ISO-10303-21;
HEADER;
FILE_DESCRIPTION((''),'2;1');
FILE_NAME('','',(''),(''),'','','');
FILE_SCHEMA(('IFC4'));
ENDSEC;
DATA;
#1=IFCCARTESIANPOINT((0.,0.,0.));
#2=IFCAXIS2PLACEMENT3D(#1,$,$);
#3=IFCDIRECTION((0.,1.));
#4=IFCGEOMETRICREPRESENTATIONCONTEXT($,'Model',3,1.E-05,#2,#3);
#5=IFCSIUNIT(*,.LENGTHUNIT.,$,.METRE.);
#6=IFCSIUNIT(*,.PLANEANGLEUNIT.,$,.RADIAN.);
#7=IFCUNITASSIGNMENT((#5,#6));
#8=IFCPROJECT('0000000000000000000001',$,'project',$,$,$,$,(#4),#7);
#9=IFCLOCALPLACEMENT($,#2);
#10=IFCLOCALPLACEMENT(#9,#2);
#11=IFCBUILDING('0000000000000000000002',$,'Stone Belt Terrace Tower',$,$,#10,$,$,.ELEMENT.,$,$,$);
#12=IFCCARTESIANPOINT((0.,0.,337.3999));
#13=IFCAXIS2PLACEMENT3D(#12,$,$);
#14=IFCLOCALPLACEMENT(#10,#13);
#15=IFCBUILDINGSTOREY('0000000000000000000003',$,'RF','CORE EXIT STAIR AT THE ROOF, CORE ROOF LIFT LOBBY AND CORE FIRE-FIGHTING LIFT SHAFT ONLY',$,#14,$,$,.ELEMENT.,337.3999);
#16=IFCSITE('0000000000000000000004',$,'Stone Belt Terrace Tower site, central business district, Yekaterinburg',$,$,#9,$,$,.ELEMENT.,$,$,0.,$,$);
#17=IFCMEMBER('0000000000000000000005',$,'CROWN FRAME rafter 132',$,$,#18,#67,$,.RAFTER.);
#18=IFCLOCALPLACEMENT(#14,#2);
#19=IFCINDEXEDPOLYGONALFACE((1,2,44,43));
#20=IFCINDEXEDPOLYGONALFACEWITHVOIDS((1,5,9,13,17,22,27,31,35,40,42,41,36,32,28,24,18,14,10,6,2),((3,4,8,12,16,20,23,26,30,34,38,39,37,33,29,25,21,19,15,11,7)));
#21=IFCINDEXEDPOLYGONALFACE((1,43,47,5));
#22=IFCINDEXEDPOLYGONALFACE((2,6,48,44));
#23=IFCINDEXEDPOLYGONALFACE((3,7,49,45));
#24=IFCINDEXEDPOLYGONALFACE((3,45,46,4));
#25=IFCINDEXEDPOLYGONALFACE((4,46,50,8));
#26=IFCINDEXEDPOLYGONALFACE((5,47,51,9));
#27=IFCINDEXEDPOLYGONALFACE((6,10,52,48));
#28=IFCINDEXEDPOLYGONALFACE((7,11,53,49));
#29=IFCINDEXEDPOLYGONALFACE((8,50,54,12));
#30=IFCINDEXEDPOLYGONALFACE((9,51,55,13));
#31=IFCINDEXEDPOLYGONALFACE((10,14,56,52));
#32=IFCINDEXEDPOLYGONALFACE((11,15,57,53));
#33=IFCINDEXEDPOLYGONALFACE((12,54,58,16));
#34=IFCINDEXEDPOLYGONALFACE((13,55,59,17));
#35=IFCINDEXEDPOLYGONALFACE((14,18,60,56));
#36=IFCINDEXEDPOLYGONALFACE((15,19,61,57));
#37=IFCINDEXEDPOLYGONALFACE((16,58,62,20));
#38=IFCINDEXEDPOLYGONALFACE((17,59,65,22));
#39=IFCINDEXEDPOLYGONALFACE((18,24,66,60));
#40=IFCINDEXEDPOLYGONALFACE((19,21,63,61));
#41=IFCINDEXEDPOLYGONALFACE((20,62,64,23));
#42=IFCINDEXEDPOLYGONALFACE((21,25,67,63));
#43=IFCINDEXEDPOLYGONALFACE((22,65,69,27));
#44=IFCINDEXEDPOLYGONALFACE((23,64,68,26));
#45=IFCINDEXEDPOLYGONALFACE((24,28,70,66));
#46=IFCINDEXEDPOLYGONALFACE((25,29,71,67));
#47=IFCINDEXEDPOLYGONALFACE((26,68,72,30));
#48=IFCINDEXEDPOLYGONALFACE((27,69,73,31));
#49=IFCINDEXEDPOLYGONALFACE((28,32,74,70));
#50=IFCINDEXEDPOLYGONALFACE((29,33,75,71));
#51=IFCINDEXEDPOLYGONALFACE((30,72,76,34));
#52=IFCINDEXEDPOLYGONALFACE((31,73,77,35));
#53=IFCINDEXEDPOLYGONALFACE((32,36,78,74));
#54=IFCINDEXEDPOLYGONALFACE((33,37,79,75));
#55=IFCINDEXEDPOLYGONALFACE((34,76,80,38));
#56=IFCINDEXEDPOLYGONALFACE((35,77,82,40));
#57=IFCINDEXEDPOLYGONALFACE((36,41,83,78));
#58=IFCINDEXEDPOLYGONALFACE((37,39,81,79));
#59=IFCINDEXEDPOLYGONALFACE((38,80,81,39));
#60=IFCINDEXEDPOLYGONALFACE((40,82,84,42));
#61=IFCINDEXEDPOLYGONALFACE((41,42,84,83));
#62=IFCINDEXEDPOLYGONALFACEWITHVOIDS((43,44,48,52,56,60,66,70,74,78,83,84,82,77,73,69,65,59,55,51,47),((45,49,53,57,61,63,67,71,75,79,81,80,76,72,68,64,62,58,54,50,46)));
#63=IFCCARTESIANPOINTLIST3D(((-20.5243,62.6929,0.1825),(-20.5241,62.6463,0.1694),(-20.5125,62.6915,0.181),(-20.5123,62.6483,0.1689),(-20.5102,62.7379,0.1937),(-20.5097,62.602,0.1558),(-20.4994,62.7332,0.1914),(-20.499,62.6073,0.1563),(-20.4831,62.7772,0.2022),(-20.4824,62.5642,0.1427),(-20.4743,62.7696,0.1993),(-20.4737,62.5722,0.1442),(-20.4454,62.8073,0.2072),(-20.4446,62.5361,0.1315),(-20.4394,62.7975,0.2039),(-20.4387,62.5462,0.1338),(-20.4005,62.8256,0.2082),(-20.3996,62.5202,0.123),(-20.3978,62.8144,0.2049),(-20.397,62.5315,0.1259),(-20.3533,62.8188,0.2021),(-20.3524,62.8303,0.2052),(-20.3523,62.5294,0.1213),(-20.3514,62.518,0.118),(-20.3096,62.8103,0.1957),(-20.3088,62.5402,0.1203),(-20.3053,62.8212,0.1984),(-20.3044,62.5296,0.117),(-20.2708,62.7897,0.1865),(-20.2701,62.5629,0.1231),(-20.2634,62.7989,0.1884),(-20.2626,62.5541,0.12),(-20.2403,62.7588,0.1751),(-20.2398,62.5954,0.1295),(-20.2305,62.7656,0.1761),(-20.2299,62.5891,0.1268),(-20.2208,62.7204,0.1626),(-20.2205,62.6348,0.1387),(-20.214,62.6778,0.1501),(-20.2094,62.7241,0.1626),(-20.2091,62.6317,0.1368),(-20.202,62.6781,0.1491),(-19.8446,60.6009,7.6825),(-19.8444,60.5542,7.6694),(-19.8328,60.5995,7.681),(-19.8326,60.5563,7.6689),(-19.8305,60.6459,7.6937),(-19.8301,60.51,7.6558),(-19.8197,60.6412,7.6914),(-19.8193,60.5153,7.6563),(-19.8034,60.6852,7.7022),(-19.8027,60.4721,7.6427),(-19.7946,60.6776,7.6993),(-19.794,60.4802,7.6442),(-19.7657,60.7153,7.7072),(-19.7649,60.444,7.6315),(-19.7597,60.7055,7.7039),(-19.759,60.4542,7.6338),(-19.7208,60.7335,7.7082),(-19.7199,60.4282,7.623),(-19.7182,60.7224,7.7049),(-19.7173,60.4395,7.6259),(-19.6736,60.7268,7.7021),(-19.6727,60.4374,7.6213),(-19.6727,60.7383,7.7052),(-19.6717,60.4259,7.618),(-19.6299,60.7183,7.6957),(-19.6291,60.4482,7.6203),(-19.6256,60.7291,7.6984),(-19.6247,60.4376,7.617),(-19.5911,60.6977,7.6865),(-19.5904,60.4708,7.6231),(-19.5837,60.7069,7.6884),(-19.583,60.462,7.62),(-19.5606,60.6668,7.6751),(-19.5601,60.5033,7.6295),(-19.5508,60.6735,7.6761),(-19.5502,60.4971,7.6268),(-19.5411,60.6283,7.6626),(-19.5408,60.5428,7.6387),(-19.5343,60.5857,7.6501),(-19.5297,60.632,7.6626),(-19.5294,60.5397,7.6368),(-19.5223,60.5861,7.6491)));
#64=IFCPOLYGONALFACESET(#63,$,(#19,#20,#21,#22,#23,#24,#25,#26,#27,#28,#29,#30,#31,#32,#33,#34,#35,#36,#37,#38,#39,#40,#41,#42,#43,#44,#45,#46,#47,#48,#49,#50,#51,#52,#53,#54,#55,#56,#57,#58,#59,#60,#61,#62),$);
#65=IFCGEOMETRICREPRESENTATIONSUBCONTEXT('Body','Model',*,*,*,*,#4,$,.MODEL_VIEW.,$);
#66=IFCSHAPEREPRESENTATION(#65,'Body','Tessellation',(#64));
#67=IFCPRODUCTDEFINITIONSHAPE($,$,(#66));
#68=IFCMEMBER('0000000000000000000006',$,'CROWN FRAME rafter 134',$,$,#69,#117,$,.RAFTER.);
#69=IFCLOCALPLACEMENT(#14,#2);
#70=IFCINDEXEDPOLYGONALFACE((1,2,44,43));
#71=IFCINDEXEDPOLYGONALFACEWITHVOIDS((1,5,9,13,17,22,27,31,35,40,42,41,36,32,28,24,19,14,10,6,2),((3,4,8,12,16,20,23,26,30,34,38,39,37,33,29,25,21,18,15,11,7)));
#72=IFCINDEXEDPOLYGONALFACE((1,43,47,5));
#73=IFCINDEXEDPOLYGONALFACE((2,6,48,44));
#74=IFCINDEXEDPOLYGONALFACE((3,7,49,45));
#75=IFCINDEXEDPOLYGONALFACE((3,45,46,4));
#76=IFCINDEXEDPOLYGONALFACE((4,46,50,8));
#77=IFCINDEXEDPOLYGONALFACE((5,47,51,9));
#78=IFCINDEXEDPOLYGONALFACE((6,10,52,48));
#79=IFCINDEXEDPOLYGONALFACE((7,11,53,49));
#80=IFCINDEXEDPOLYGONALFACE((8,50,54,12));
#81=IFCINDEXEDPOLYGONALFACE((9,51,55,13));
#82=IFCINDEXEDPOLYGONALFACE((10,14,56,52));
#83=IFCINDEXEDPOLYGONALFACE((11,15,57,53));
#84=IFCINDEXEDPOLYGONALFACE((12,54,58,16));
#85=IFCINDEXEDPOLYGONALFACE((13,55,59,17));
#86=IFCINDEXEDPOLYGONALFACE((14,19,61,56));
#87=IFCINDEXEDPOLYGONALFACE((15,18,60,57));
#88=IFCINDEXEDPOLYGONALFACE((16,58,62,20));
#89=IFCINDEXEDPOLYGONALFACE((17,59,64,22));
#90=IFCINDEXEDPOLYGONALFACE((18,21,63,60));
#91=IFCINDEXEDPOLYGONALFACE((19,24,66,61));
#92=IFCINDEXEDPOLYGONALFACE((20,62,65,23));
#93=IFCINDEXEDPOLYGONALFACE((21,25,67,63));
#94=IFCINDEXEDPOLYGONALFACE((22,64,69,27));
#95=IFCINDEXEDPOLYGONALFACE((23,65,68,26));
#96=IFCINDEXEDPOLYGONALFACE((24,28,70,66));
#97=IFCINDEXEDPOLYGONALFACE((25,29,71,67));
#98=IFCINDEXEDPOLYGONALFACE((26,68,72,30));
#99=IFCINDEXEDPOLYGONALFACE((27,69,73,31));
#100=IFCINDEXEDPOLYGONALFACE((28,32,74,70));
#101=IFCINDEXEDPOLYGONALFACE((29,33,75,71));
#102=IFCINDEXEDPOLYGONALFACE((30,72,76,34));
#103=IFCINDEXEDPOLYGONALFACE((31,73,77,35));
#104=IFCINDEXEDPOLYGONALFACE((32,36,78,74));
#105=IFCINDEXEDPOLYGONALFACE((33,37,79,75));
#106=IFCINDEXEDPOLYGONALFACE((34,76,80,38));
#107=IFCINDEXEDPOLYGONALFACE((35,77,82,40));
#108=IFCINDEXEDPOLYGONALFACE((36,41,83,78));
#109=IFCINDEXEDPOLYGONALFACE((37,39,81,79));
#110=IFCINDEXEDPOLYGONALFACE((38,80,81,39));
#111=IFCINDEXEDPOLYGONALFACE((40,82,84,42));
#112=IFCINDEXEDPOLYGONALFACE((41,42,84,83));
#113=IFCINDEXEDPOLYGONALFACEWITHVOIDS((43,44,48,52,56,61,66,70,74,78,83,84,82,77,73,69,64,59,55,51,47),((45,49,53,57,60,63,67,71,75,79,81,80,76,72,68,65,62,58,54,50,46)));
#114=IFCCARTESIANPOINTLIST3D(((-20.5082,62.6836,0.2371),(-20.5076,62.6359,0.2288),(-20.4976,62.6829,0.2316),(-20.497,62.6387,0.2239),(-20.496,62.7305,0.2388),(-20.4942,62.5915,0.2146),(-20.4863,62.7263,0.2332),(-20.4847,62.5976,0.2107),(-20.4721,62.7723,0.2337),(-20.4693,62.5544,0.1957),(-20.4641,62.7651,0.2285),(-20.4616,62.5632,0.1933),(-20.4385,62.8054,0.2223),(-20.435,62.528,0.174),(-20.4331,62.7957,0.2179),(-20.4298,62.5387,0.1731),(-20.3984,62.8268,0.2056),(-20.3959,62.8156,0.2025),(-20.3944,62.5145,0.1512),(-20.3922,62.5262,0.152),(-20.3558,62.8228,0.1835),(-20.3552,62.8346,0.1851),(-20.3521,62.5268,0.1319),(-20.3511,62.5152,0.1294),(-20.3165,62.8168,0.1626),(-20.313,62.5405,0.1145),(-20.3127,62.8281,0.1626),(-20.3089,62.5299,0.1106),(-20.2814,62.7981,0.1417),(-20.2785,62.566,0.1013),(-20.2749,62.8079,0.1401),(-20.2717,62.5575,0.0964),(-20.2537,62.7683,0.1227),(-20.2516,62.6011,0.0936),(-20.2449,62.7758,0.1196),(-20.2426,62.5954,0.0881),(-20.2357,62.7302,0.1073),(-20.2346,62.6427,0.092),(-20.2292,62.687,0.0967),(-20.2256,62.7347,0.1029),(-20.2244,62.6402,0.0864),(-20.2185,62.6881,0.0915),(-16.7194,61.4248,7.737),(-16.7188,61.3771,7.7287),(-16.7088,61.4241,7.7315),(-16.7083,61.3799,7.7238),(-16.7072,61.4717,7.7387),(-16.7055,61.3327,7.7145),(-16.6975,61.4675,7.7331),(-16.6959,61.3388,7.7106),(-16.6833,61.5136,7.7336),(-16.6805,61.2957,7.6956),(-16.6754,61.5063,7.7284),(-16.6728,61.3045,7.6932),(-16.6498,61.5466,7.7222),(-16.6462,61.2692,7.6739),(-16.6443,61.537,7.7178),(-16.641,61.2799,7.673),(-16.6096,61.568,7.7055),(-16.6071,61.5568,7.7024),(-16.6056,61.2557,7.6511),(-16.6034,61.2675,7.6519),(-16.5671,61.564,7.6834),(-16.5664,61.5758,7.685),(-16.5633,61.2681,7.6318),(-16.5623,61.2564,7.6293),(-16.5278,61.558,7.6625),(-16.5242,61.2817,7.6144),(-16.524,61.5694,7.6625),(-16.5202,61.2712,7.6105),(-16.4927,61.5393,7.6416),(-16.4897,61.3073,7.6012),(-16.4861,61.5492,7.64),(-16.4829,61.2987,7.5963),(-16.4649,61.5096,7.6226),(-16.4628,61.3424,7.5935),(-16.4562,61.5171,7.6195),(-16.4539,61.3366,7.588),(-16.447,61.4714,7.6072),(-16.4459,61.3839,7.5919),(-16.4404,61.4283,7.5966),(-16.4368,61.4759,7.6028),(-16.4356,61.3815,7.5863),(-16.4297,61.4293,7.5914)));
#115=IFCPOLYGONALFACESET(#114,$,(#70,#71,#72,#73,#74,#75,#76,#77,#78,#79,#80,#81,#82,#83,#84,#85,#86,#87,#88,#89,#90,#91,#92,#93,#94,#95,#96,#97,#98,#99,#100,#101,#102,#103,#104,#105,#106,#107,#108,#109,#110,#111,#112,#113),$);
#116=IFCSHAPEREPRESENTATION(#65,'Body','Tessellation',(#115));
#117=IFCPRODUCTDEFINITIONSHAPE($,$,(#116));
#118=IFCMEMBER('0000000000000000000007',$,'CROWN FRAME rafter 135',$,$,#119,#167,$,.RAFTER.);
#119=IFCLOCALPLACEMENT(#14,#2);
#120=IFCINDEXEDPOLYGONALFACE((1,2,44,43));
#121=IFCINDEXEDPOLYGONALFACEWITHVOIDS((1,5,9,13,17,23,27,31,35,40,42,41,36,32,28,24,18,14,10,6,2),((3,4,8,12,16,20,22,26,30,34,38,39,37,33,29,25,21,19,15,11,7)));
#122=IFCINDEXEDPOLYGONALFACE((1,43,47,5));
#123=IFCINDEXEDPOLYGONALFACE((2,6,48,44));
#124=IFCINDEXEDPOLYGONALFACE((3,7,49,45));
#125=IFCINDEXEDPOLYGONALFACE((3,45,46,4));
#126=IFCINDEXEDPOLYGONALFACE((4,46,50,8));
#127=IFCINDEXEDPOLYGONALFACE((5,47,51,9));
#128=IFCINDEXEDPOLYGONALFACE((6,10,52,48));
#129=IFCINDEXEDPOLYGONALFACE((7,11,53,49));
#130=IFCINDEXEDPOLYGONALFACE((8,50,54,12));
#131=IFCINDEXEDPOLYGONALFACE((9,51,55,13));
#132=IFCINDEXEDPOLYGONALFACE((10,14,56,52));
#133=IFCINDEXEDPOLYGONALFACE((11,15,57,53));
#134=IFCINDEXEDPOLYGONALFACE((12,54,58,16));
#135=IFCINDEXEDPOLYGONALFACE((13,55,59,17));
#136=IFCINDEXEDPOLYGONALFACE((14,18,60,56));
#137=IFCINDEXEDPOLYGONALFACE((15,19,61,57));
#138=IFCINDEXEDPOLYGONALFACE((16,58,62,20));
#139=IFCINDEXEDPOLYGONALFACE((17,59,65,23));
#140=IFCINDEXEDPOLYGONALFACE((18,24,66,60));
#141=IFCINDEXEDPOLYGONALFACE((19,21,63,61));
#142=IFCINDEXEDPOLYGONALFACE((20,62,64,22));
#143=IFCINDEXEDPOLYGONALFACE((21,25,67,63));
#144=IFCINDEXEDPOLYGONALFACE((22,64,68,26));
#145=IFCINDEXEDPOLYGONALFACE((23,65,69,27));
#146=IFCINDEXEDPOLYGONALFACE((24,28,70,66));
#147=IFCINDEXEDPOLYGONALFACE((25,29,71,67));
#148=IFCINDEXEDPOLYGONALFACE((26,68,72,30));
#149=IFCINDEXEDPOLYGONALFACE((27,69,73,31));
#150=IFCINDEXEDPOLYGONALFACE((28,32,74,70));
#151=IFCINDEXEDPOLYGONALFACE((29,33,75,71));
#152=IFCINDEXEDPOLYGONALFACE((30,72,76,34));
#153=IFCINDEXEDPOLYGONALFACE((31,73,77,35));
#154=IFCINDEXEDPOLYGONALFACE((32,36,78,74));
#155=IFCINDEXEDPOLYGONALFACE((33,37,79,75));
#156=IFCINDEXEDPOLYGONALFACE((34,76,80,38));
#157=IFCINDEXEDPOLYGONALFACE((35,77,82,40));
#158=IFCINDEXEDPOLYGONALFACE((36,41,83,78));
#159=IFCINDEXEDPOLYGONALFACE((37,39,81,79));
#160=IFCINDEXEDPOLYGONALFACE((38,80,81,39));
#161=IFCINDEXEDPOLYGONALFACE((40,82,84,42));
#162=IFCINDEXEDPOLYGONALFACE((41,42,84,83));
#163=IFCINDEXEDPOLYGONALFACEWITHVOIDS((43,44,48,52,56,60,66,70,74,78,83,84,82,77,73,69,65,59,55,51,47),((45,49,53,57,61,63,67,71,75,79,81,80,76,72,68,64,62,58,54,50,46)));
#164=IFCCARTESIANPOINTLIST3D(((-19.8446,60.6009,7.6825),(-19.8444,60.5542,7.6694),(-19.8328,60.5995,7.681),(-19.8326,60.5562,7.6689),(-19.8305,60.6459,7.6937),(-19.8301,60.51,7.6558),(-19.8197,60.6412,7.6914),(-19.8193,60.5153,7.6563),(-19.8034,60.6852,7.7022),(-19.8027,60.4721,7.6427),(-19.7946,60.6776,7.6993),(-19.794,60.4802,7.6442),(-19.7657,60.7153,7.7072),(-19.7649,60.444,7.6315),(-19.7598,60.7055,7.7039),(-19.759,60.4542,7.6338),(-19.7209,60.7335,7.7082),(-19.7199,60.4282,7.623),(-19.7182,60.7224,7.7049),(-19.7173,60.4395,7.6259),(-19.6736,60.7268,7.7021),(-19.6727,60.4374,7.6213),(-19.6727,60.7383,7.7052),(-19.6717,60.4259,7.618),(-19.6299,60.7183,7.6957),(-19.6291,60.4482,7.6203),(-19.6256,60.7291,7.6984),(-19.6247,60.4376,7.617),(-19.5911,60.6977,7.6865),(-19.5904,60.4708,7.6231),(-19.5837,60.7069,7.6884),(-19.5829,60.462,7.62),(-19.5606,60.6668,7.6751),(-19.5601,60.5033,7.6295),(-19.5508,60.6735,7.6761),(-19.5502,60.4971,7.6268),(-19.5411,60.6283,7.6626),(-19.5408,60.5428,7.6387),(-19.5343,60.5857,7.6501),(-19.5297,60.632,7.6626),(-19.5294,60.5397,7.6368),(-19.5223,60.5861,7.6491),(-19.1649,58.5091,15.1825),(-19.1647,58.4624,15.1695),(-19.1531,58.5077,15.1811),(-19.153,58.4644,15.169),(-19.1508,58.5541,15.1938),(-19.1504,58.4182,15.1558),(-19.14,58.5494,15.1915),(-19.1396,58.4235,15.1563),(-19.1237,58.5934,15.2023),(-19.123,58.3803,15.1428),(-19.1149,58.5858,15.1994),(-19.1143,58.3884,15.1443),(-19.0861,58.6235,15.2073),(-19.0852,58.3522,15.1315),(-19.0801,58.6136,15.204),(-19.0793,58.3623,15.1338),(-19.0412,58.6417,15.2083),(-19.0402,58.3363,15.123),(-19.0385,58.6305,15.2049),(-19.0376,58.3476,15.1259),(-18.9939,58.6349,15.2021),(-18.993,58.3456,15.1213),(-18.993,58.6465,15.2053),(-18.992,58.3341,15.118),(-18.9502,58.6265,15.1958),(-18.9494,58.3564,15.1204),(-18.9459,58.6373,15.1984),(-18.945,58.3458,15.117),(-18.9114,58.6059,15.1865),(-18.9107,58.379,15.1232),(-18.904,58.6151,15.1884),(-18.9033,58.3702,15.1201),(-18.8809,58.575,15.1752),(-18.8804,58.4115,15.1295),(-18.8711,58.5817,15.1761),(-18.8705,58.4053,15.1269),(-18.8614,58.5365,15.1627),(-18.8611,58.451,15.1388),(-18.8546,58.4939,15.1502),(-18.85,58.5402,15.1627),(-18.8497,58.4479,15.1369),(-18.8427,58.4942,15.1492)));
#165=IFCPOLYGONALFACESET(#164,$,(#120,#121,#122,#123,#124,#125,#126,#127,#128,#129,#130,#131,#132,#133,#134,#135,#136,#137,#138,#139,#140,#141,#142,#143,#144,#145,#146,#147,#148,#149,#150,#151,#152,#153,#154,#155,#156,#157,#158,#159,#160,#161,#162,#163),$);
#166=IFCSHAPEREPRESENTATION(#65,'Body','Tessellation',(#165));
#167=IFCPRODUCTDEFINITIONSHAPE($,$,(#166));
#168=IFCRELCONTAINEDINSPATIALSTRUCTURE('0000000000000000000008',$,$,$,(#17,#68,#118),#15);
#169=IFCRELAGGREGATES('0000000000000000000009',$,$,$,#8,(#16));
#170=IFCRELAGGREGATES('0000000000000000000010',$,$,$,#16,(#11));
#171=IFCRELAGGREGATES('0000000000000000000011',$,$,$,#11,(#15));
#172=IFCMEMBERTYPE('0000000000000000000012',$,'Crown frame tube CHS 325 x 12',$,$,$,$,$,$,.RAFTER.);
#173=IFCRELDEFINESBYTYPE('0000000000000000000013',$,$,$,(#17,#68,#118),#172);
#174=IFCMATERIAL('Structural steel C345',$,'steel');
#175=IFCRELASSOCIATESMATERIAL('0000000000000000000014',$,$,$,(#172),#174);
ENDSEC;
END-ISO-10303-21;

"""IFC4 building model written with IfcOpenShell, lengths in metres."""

from ifc_helpers import new_model, si_unit, direction, frame, origin, origin_2d, place, context, subcontext, project, spatial, hollow_circle, extrude, material, material_profile, profile_set, type_object, element, save


model = new_model("IFC4")

# Units and contexts
model_context = context("Model", 3, precision=1e-05, world=origin(), true_north=direction((0.0, 1.0)))
body_context = subcontext(model_context, "Body", "Model", "MODEL_VIEW")
ifc_project = project(units=[si_unit("LENGTHUNIT", "METRE"), si_unit("PLANEANGLEUNIT", "RADIAN")], contexts=[model_context])

# Site, building, storey
site_placement = place(None, origin())
site = spatial("IfcSite", under=ifc_project, at=site_placement, Name="Stone Belt Terrace Tower site, central business district, Yekaterinburg", CompositionType="ELEMENT", RefElevation=0.0)
building_placement = place(site_placement, origin())
building = spatial("IfcBuilding", under=site, at=building_placement, Name="Stone Belt Terrace Tower", CompositionType="ELEMENT")
storey_placement = place(building_placement, frame((0.0, 0.0, 337.3999)))
storey = spatial("IfcBuildingStorey", under=building, at=storey_placement, Name="RF", Description="CORE EXIT STAIR AT THE ROOF, CORE ROOF LIFT LOBBY AND CORE FIRE-FIGHTING LIFT SHAFT ONLY", CompositionType="ELEMENT", Elevation=337.3999)

# Members
ifc_material_1 = material(Name="Structural steel C345", Category="steel")
ifc_material_profile_1 = material_profile(ifc_material_1, hollow_circle(Radius=0.1626, WallThickness=0.012, at=origin_2d()), Name="Structural steel C345 CHS 325x12")
ifc_profile_set_1 = profile_set([ifc_material_profile_1], Name="Structural steel C345")
member_type_1 = type_object("IfcMemberType", Name="Crown frame tube CHS 325 x 12", PredefinedType="RAFTER", material=ifc_profile_set_1)
for number, where, z_axis, x_axis, name in (
    (1, (-20.364, 62.6738, 0.1626), (0.086962, -0.267664, 0.95958), (0.951064, 0.308993, 0.0), "CROWN FRAME rafter 132"),
):
    element("IfcMember", number, at=place(storey_placement, frame(where, z_axis=z_axis, x_axis=x_axis)), inside=storey, type_object=member_type_1, Name=name, PredefinedType="RAFTER", context=body_context, shape_type="SweptSolid", body=[
        extrude(hollow_circle(Radius=0.1626, WallThickness=0.012, at=origin_2d()), origin(), (0.0, 0.0, 1.0), 7.8159),
    ])
member_1_placement = place(storey_placement, frame((-20.364, 62.6738, 0.1626), z_axis=(0.445929, -0.148155, 0.882721), x_axis=(0.315292, 0.948995, 0.0)))
element("IfcMember", 2, at=member_1_placement, inside=storey, type_object=member_type_1, Name="CROWN FRAME rafter 134", PredefinedType="RAFTER", context=body_context, shape_type="SweptSolid", body=[
    extrude(hollow_circle(Radius=0.1626, WallThickness=0.012, at=origin_2d()), origin(), (0.0, 0.0, 1.0), 8.4963),
])
member_2_placement = place(storey_placement, frame((-19.6843, 60.5818, 7.6626), z_axis=(0.086963, -0.267635, 0.959588), x_axis=(0.951054, 0.309026, 0.0)))
element("IfcMember", 3, at=member_2_placement, inside=storey, type_object=member_type_1, Name="CROWN FRAME rafter 135", PredefinedType="RAFTER", context=body_context, shape_type="SweptSolid", body=[
    extrude(hollow_circle(Radius=0.1626, WallThickness=0.012, at=origin_2d()), origin(), (0.0, 0.0, 1.0), 7.8159),
])

save(model, "model.ifc")
